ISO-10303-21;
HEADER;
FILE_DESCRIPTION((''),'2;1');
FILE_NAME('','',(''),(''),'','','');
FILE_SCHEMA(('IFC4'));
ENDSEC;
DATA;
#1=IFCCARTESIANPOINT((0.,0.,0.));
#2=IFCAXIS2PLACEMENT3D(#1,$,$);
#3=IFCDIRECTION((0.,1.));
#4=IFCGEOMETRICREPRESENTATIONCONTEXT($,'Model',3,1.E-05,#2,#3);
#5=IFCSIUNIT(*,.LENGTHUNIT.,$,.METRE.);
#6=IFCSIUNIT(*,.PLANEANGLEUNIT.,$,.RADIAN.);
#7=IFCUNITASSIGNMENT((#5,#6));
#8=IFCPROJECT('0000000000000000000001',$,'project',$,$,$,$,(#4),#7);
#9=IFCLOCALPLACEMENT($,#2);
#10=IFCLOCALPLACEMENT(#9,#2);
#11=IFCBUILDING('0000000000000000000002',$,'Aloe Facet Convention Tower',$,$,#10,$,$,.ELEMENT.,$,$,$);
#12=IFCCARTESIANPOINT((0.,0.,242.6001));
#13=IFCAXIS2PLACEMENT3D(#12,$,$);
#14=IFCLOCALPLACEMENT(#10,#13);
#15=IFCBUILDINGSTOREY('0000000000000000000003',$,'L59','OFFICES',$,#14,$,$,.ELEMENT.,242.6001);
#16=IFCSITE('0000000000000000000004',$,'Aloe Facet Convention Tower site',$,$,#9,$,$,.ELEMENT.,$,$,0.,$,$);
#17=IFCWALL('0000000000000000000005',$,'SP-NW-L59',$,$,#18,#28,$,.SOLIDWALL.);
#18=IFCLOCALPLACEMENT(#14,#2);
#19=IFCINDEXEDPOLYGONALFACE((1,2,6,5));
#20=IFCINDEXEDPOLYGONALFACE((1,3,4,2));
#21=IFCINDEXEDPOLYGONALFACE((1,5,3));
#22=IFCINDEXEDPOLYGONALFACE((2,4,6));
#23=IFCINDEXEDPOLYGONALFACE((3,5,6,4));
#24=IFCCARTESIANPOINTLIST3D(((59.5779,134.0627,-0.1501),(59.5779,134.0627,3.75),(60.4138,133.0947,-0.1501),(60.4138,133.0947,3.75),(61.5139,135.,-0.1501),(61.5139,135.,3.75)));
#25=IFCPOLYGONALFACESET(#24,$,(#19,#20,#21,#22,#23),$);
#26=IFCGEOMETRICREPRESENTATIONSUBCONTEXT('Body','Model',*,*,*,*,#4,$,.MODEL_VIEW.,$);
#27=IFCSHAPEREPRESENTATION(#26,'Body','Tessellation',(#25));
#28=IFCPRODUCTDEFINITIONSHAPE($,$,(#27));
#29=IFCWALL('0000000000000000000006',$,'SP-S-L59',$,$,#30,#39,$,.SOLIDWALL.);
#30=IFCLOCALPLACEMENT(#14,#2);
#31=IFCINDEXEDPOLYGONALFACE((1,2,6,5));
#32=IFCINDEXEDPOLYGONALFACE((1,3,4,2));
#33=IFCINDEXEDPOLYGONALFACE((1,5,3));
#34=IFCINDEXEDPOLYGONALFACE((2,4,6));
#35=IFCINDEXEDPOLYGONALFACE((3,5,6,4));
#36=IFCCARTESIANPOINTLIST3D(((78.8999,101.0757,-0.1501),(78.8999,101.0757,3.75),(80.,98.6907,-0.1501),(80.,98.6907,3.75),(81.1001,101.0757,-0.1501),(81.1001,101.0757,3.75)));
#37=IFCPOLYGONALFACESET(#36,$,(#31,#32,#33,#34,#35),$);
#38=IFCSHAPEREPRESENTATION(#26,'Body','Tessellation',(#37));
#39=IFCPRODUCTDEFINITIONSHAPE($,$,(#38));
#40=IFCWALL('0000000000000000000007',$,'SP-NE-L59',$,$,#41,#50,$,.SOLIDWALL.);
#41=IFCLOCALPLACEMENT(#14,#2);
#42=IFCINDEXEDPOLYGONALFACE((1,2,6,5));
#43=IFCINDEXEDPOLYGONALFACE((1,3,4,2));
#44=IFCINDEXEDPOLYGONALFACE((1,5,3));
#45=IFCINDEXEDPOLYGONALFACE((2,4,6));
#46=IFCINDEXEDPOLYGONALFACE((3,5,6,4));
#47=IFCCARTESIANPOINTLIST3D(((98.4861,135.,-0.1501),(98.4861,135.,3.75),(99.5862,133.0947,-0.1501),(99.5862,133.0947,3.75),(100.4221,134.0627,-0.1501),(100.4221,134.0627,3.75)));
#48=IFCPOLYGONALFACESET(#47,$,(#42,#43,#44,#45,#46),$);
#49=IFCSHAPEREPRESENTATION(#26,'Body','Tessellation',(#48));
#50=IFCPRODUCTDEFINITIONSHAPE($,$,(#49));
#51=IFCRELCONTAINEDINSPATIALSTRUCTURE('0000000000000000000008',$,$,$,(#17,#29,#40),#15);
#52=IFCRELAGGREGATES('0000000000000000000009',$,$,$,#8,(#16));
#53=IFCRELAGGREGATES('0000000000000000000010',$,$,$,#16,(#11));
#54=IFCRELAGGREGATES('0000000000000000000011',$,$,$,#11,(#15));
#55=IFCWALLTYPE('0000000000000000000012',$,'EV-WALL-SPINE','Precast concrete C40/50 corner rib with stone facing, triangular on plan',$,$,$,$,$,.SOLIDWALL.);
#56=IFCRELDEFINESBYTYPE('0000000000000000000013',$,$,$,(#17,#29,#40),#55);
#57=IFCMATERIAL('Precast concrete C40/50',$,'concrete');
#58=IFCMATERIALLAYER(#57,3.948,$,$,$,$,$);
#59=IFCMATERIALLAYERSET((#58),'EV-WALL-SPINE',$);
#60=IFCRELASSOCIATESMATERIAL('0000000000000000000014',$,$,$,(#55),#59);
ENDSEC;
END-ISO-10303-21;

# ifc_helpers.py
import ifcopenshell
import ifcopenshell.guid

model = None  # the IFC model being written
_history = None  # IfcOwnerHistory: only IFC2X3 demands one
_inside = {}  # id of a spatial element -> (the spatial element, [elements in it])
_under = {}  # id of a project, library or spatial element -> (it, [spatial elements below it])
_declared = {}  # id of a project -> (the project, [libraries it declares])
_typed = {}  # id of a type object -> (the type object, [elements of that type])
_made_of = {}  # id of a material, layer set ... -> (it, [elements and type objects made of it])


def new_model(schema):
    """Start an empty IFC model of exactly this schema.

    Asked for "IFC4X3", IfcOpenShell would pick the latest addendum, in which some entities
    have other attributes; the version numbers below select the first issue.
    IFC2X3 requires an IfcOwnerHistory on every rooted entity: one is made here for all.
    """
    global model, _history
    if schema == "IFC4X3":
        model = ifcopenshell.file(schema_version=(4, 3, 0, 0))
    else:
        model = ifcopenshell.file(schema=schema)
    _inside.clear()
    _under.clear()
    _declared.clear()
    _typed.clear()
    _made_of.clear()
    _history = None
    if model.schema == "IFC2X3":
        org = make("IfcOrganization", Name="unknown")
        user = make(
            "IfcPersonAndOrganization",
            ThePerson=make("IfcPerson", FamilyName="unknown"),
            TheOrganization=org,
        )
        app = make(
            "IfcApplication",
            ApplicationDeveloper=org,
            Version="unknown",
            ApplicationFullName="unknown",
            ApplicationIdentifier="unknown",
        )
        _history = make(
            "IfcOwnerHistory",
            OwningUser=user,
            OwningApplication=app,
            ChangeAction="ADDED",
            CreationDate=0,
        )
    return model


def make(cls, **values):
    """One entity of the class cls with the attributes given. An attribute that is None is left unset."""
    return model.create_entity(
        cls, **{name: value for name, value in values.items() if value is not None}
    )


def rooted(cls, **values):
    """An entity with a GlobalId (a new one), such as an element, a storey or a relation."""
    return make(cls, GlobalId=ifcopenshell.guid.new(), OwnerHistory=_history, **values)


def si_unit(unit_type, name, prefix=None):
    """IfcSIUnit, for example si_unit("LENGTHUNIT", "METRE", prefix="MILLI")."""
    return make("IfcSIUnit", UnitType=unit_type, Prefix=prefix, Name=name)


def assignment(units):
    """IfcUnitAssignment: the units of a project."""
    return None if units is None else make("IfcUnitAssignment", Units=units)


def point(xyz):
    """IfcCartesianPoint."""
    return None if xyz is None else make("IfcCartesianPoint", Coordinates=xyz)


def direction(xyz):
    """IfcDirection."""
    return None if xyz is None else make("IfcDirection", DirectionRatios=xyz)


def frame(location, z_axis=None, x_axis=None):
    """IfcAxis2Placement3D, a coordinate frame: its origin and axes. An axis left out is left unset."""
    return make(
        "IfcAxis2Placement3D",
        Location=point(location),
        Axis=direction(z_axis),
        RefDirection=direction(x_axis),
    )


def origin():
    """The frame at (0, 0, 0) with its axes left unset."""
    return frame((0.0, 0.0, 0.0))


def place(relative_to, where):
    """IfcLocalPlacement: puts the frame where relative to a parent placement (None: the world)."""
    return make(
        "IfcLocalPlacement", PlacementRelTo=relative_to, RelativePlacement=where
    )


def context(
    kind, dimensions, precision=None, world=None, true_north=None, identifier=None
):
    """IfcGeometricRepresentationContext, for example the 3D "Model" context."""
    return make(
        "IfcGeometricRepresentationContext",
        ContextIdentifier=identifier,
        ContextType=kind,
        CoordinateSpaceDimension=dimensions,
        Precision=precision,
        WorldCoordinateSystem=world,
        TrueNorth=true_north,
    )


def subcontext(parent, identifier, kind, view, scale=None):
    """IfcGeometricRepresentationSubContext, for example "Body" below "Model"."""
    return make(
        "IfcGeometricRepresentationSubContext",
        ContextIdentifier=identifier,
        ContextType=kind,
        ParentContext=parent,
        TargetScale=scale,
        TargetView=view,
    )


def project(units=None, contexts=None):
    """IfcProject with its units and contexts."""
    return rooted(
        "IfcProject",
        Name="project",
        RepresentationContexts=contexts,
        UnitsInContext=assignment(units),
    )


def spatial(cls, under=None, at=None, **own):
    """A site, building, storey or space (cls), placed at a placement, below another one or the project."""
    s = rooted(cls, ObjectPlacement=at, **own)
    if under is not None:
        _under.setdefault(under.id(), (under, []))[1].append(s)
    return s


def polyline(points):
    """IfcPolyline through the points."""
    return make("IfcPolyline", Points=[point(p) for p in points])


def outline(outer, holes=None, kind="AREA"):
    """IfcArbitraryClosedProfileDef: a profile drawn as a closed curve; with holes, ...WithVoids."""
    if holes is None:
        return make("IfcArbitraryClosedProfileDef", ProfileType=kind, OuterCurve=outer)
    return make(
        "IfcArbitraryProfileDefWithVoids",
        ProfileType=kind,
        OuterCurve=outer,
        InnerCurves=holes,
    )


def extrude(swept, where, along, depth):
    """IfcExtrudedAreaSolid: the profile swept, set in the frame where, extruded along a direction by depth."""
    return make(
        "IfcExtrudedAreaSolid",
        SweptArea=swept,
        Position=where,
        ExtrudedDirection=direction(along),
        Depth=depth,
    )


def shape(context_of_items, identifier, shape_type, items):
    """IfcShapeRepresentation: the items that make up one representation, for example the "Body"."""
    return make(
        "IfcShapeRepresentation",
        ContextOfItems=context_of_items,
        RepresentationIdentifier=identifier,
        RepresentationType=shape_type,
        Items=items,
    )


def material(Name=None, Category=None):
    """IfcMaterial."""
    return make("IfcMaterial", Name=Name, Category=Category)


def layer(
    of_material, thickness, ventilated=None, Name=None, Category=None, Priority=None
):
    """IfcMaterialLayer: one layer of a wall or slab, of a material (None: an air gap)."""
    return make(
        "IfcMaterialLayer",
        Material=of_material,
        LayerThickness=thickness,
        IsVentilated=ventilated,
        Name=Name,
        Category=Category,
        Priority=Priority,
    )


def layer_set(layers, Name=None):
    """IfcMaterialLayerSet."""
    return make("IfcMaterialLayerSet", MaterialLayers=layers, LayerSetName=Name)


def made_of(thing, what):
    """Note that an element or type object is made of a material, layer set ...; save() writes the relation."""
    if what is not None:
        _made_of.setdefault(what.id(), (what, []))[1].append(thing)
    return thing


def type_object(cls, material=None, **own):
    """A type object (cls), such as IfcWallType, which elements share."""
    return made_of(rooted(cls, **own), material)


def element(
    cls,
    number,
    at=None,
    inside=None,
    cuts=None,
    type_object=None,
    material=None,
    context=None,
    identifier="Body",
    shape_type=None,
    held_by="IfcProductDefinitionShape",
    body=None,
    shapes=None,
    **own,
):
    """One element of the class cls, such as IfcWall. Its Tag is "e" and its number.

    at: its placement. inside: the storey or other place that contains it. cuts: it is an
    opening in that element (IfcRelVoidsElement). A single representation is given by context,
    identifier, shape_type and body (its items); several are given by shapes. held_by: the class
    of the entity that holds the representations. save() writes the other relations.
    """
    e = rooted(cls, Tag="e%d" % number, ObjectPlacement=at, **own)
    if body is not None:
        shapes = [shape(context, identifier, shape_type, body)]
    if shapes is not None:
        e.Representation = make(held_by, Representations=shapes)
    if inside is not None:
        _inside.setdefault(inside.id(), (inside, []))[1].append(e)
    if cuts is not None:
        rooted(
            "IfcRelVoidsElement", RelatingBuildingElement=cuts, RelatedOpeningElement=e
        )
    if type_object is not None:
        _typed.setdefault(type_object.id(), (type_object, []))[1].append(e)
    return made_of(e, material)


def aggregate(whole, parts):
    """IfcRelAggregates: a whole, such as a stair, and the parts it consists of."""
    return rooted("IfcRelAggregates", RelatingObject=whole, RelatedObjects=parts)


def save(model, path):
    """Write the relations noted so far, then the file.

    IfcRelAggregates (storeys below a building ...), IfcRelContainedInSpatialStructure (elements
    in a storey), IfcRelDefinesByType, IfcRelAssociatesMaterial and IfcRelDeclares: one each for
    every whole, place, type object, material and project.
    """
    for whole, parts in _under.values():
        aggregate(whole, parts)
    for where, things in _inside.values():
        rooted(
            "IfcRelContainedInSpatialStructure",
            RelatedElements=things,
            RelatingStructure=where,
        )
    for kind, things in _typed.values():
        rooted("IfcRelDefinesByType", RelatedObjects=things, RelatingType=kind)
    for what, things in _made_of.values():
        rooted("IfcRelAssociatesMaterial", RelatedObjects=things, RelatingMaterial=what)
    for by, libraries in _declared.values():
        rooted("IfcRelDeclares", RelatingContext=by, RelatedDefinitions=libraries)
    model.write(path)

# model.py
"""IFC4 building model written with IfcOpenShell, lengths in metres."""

from ifc_helpers import new_model, si_unit, direction, frame, origin, place, context, subcontext, project, spatial, polyline, outline, extrude, material, layer, layer_set, type_object, element, save


model = new_model("IFC4")

# Units and contexts
model_context = context("Model", 3, precision=1e-05, world=origin(), true_north=direction((0.0, 1.0)))
body_context = subcontext(model_context, "Body", "Model", "MODEL_VIEW")
ifc_project = project(units=[si_unit("LENGTHUNIT", "METRE"), si_unit("PLANEANGLEUNIT", "RADIAN")], contexts=[model_context])

# Site, building, storey
site_placement = place(None, origin())
site = spatial("IfcSite", under=ifc_project, at=site_placement, Name="Aloe Facet Convention Tower site", CompositionType="ELEMENT", RefElevation=0.0)
building_placement = place(site_placement, origin())
building = spatial("IfcBuilding", under=site, at=building_placement, Name="Aloe Facet Convention Tower", CompositionType="ELEMENT")
storey_placement = place(building_placement, frame((0.0, 0.0, 242.6001)))
storey = spatial("IfcBuildingStorey", under=building, at=storey_placement, Name="L59", Description="OFFICES", CompositionType="ELEMENT", Elevation=242.6001)

# Walls
ifc_material_1 = material(Name="Precast concrete C40/50", Category="concrete")
ifc_layer_1 = layer(ifc_material_1, 3.948)
ifc_layer_set_1 = layer_set([ifc_layer_1], Name="EV-WALL-SPINE")
wall_type_1 = type_object("IfcWallType", Name="EV-WALL-SPINE", Description="Precast concrete C40/50 corner rib with stone facing, triangular on plan", PredefinedType="SOLIDWALL", material=ifc_layer_set_1)
wall_1_placement = place(storey_placement, frame((0.0, 0.0, -0.1501)))
element("IfcWall", 1, at=wall_1_placement, inside=storey, type_object=wall_type_1, Name="SP-NW-L59", PredefinedType="SOLIDWALL", context=body_context, shape_type="SweptSolid", body=[
    extrude(outline(polyline([(61.5139, 135.0), (59.5779, 134.0627), (60.4138, 133.0947), (61.5139, 135.0)])), origin(), (0.0, 0.0, 1.0), 3.9001),
])
wall_2_placement = place(storey_placement, frame((0.0, 0.0, -0.1501)))
element("IfcWall", 2, at=wall_2_placement, inside=storey, type_object=wall_type_1, Name="SP-S-L59", PredefinedType="SOLIDWALL", context=body_context, shape_type="SweptSolid", body=[
    extrude(outline(polyline([(78.8999, 101.0757), (80.0, 98.6907), (81.1001, 101.0757), (78.8999, 101.0757)])), origin(), (0.0, 0.0, 1.0), 3.9001),
])
wall_3_placement = place(storey_placement, frame((0.0, 0.0, -0.1501)))
element("IfcWall", 3, at=wall_3_placement, inside=storey, type_object=wall_type_1, Name="SP-NE-L59", PredefinedType="SOLIDWALL", context=body_context, shape_type="SweptSolid", body=[
    extrude(outline(polyline([(99.5862, 133.0947), (100.4221, 134.0627), (98.4861, 135.0), (99.5862, 133.0947)])), origin(), (0.0, 0.0, 1.0), 3.9001),
])

save(model, "model.ifc")
